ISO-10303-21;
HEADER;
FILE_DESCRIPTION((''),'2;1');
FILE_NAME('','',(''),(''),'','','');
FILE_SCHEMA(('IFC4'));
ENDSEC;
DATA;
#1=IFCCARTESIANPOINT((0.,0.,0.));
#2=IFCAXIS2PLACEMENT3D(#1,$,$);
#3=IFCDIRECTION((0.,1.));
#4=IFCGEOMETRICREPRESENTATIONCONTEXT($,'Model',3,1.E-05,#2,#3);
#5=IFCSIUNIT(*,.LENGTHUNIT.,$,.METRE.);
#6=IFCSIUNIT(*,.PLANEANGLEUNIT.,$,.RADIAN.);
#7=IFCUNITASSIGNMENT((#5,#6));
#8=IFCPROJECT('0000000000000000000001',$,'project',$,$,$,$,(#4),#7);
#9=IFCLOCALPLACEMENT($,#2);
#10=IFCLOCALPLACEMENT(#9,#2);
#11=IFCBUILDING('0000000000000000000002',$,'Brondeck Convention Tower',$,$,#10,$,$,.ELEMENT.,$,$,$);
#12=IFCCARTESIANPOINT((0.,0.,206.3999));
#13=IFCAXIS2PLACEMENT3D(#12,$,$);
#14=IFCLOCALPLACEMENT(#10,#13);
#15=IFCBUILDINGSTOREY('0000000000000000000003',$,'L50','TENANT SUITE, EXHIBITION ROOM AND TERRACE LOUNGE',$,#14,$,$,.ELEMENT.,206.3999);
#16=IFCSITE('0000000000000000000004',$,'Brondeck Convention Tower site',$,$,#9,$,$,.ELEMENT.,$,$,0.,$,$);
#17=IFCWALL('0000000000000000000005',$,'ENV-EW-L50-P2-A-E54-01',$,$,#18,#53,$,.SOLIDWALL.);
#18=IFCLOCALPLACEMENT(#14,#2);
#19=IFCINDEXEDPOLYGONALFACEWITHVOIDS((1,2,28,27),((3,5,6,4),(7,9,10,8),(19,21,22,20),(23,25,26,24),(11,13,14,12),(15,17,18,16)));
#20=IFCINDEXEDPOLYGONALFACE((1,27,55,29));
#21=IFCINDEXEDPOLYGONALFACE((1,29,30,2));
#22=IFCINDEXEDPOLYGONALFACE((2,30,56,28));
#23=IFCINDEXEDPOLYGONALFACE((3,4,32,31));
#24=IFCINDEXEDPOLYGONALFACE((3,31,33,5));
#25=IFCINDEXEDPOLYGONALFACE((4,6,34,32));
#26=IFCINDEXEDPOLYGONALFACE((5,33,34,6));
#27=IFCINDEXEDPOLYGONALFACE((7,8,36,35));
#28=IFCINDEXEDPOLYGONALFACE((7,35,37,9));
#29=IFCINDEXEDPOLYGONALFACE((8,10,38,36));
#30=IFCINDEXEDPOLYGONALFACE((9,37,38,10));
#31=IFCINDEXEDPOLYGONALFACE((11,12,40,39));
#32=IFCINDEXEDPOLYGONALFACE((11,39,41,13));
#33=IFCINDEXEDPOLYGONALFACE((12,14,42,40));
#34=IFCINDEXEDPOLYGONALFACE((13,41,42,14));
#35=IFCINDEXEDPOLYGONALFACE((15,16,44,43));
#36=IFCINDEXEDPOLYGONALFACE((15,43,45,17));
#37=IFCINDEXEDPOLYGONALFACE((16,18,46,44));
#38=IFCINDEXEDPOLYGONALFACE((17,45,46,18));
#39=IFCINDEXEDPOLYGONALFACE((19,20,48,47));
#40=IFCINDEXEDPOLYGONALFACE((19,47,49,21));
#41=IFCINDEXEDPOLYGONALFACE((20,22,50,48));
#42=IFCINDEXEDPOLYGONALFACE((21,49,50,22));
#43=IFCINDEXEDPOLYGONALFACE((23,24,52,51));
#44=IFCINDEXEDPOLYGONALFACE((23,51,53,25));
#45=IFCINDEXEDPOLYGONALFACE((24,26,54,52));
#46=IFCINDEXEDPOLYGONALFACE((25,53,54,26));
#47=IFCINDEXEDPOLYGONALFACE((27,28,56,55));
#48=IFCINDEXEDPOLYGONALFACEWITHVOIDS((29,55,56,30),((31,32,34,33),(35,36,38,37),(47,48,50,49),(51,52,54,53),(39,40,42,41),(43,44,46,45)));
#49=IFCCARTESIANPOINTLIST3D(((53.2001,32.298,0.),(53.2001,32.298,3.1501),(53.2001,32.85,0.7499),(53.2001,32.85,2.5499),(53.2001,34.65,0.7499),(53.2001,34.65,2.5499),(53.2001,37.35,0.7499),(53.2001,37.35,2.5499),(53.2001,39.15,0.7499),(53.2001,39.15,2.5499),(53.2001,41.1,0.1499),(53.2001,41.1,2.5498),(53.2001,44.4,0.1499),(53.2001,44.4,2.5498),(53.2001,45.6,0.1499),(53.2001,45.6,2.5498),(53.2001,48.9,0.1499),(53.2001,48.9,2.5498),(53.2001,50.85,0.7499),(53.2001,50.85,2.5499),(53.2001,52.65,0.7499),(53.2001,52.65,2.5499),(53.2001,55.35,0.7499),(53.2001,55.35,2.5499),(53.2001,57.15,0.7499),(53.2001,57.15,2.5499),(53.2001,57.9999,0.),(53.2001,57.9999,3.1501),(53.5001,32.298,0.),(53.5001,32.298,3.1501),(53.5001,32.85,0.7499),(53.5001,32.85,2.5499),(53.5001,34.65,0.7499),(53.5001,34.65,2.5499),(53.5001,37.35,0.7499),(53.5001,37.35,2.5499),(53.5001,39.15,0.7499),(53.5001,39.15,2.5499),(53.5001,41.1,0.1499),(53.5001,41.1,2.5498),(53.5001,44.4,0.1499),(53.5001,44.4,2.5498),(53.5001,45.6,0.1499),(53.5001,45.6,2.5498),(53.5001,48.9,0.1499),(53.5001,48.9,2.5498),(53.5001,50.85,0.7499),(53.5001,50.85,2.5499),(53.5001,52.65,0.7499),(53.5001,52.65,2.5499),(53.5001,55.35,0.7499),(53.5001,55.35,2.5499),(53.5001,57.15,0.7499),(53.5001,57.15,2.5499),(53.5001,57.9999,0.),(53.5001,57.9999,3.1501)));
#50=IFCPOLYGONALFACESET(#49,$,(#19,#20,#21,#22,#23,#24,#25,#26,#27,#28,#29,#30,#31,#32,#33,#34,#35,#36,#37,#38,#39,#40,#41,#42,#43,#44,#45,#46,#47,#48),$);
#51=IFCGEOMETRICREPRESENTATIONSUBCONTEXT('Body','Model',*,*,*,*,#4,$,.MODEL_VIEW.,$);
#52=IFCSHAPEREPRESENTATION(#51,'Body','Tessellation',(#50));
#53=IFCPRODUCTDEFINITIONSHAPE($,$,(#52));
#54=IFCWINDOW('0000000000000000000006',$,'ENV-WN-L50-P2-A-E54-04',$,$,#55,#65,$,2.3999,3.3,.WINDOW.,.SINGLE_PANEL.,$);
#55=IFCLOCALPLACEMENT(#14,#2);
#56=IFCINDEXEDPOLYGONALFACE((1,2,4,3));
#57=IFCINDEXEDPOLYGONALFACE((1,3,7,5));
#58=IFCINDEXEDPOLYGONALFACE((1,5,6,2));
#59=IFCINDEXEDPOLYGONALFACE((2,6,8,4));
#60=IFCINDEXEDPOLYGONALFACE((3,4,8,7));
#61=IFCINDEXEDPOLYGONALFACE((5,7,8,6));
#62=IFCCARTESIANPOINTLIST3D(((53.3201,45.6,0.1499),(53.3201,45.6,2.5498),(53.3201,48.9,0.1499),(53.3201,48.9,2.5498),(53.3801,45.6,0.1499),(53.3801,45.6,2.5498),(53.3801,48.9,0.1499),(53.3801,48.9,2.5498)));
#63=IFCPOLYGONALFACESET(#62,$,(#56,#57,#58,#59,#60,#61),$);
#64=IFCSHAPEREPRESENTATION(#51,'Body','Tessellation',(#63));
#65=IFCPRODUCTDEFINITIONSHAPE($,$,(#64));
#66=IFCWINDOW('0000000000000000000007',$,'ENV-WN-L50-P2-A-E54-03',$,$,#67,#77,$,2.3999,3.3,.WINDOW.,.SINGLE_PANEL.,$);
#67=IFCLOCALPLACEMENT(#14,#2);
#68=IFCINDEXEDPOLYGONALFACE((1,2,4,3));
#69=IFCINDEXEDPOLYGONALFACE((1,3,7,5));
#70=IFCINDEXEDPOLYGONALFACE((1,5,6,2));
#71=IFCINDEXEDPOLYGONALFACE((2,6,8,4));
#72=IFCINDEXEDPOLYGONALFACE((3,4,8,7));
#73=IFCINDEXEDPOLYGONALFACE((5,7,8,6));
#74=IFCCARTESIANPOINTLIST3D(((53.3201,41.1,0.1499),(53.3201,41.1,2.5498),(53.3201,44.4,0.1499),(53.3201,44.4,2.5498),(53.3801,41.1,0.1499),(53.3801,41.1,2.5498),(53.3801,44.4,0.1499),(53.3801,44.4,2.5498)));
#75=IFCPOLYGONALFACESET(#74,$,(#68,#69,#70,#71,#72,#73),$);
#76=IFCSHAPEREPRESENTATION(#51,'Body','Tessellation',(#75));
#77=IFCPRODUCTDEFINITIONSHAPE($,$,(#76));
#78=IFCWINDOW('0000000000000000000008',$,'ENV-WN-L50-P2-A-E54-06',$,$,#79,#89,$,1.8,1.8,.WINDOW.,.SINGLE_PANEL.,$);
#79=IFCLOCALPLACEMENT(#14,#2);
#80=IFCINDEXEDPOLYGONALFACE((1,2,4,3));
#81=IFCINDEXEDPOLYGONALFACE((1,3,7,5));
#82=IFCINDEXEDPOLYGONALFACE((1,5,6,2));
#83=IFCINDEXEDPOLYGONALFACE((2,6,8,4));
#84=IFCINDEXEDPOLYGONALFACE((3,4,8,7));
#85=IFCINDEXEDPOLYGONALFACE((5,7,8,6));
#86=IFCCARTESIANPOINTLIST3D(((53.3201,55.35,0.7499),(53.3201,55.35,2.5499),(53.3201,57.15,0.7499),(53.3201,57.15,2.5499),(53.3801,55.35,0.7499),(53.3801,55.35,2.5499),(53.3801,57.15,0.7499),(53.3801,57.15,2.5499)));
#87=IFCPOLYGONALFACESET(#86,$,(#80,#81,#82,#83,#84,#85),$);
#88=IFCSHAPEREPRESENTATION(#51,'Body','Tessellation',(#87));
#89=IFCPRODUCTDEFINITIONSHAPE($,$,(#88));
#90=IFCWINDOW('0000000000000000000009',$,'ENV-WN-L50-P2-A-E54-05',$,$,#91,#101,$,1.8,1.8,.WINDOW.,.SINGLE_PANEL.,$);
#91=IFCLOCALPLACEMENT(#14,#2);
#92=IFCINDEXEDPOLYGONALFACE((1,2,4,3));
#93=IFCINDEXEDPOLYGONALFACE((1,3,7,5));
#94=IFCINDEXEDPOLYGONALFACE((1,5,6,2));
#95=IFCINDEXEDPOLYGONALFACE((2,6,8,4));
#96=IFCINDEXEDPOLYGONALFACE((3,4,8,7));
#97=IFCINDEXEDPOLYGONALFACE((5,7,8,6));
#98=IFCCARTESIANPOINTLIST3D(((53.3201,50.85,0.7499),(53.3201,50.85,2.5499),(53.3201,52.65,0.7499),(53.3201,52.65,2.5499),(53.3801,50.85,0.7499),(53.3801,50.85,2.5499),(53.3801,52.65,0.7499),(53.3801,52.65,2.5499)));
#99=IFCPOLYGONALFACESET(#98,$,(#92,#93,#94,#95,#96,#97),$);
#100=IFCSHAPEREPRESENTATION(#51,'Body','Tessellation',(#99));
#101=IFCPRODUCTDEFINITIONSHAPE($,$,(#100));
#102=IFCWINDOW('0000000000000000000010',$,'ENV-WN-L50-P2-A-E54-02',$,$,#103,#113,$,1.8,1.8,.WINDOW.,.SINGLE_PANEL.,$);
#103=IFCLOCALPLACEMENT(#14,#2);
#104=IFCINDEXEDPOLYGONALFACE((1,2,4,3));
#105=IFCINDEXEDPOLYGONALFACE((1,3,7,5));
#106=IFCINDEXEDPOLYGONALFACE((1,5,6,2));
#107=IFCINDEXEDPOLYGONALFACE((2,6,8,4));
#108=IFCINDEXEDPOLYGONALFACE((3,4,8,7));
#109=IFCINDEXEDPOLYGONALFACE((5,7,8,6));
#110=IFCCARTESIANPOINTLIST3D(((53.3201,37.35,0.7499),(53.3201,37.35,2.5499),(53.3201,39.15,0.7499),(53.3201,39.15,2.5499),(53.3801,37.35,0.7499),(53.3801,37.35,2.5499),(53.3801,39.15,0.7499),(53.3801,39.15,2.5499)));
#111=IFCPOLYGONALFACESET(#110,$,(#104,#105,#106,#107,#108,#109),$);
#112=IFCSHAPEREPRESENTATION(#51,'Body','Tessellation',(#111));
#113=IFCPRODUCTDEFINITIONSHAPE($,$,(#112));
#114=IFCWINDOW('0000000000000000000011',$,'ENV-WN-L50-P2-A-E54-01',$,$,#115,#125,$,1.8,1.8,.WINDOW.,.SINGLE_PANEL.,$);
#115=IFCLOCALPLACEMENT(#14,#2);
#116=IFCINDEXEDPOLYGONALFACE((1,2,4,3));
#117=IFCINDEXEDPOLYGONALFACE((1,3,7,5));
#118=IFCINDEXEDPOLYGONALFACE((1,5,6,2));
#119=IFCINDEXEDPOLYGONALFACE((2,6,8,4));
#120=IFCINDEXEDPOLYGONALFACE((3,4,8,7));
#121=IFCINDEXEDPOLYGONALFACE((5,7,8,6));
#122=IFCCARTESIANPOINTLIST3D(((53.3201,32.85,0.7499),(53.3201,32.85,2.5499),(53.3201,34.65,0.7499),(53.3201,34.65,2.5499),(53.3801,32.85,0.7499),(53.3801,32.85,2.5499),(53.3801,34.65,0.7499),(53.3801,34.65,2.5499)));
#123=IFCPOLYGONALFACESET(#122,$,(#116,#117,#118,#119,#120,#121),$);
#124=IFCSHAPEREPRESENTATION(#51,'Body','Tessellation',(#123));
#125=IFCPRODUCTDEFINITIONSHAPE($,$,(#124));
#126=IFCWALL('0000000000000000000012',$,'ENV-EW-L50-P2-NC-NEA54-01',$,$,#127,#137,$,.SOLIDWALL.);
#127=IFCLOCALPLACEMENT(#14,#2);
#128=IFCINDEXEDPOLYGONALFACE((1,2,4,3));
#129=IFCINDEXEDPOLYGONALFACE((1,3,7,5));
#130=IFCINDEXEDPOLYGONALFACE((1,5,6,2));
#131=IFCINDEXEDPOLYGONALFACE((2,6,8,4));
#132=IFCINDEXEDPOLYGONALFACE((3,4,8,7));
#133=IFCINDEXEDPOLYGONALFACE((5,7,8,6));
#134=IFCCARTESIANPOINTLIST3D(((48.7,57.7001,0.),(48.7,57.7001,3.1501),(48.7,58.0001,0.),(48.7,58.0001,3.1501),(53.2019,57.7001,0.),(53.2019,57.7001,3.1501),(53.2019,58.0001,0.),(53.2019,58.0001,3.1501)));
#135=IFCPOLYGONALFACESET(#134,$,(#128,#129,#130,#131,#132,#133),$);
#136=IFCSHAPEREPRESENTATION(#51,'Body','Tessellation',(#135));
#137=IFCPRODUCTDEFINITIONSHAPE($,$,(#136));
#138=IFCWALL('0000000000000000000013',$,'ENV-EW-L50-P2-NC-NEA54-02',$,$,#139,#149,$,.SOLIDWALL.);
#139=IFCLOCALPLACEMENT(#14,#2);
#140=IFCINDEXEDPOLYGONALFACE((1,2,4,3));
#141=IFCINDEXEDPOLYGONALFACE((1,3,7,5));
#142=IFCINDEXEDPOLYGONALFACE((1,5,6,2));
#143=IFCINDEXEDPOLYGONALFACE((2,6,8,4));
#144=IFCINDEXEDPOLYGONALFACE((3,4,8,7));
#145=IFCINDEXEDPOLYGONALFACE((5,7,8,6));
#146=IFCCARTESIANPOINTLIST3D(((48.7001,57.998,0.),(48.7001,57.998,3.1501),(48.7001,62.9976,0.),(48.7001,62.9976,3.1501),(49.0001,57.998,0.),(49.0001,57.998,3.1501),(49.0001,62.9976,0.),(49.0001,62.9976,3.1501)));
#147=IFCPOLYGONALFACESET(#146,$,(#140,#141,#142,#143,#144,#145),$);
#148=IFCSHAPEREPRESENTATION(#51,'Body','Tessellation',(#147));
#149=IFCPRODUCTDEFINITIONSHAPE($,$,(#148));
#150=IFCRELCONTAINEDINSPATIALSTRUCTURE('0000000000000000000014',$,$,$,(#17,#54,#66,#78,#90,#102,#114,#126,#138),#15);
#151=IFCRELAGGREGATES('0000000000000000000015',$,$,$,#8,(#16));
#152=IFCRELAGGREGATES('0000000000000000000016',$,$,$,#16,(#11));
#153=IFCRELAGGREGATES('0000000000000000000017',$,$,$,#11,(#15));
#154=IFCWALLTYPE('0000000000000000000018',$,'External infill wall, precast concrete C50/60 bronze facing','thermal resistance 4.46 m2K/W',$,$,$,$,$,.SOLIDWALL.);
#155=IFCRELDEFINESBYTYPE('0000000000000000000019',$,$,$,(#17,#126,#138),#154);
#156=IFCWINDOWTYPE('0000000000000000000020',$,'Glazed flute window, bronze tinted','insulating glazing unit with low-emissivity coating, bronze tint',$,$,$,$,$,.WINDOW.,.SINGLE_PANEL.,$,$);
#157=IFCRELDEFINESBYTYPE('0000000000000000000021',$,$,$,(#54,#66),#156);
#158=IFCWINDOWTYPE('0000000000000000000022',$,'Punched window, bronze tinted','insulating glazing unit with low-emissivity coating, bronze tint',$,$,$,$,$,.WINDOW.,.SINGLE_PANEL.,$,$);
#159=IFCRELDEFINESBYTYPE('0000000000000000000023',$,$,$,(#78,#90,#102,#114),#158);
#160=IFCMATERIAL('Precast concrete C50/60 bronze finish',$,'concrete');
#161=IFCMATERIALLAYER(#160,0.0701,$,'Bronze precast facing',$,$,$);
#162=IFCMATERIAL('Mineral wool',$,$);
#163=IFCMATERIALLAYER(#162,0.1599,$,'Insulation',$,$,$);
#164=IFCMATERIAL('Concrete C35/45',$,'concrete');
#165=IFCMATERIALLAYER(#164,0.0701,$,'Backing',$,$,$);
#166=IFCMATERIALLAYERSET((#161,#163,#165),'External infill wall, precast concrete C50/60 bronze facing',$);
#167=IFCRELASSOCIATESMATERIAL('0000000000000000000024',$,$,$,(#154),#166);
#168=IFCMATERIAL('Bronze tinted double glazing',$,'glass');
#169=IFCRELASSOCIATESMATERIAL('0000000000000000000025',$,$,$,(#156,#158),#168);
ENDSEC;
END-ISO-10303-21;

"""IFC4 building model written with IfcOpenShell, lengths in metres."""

from ifc_helpers import new_model, si_unit, direction, frame, frame_2d, origin, place, context, subcontext, project, spatial, rectangle, extrude, material, layer, layer_set, type_object, element, fill, save


model = new_model("IFC4")

# Units and contexts
model_context = context("Model", 3, precision=1e-05, world=origin(), true_north=direction((0.0, 1.0)))
body_context = subcontext(model_context, "Body", "Model", "MODEL_VIEW")
ifc_project = project(units=[si_unit("LENGTHUNIT", "METRE"), si_unit("PLANEANGLEUNIT", "RADIAN")], contexts=[model_context])

# Site, building, storey
site_placement = place(None, origin())
site = spatial("IfcSite", under=ifc_project, at=site_placement, Name="Brondeck Convention Tower site", CompositionType="ELEMENT", RefElevation=0.0)
building_placement = place(site_placement, origin())
building = spatial("IfcBuilding", under=site, at=building_placement, Name="Brondeck Convention Tower", CompositionType="ELEMENT")
storey_placement = place(building_placement, frame((0.0, 0.0, 206.3999)))
storey = spatial("IfcBuildingStorey", under=building, at=storey_placement, Name="L50", Description="TENANT SUITE, EXHIBITION ROOM AND TERRACE LOUNGE", CompositionType="ELEMENT", Elevation=206.3999)

# Wall, openings, windows
ifc_material_1 = material(Name="Precast concrete C50/60 bronze finish", Category="concrete")
ifc_layer_1 = layer(ifc_material_1, 0.0701, Name="Bronze precast facing")
ifc_material_2 = material(Name="Mineral wool")
ifc_layer_2 = layer(ifc_material_2, 0.1599, Name="Insulation")
ifc_material_3 = material(Name="Concrete C35/45", Category="concrete")
ifc_layer_3 = layer(ifc_material_3, 0.0701, Name="Backing")
ifc_layer_set_1 = layer_set([ifc_layer_1, ifc_layer_2, ifc_layer_3], Name="External infill wall, precast concrete C50/60 bronze facing")
wall_type_1 = type_object("IfcWallType", Name="External infill wall, precast concrete C50/60 bronze facing", Description="thermal resistance 4.46 m2K/W", PredefinedType="SOLIDWALL", material=ifc_layer_set_1)
wall_1_placement = place(storey_placement, frame((53.3501, 58.0, 0.0), z_axis=(0.0, 0.0, 1.0), x_axis=(0.0, -1.0, 0.0)))
wall_1 = element("IfcWall", 1, at=wall_1_placement, inside=storey, type_object=wall_type_1, Name="ENV-EW-L50-P2-A-E54-01", PredefinedType="SOLIDWALL", context=body_context, shape_type="SweptSolid", body=[
    extrude(rectangle(XDim=25.7019, YDim=0.3, at=frame_2d((12.8511, 0.0))), origin(), (0.0, 0.0, 1.0), 3.1501),
])
opening_1_placement = place(wall_1_placement, frame((0.8501, 0.0, 0.75)))
opening_1 = element("IfcOpeningElement", 2, at=opening_1_placement, cuts=wall_1, PredefinedType="OPENING", context=body_context, shape_type="SweptSolid", body=[
    extrude(rectangle(XDim=1.8, YDim=1.8, at=frame_2d((0.8999, 0.8999))), frame((0.0, 0.1599, 0.0), z_axis=(0.0, -1.0, 0.0), x_axis=(1.0, 0.0, 0.0)), (0.0, 0.0, 1.0), 0.3201),
])
opening_2_placement = place(wall_1_placement, frame((5.3501, 0.0, 0.75)))
opening_2 = element("IfcOpeningElement", 3, at=opening_2_placement, cuts=wall_1, PredefinedType="OPENING", context=body_context, shape_type="SweptSolid", body=[
    extrude(rectangle(XDim=1.8, YDim=1.8, at=frame_2d((0.8999, 0.8999))), frame((0.0, 0.1599, 0.0), z_axis=(0.0, -1.0, 0.0), x_axis=(1.0, 0.0, 0.0)), (0.0, 0.0, 1.0), 0.3201),
])
opening_3_placement = place(wall_1_placement, frame((9.1001, 0.0, 0.1499)))
opening_3 = element("IfcOpeningElement", 4, at=opening_3_placement, cuts=wall_1, PredefinedType="OPENING", context=body_context, shape_type="SweptSolid", body=[
    extrude(rectangle(XDim=3.3, YDim=2.3999, at=frame_2d((1.6499, 1.2))), frame((0.0, 0.1599, 0.0), z_axis=(0.0, -1.0, 0.0), x_axis=(1.0, 0.0, 0.0)), (0.0, 0.0, 1.0), 0.3201),
])
opening_4_placement = place(wall_1_placement, frame((13.6001, 0.0, 0.1499)))
opening_4 = element("IfcOpeningElement", 5, at=opening_4_placement, cuts=wall_1, PredefinedType="OPENING", context=body_context, shape_type="SweptSolid", body=[
    extrude(rectangle(XDim=3.3, YDim=2.3999, at=frame_2d((1.6499, 1.2))), frame((0.0, 0.1599, 0.0), z_axis=(0.0, -1.0, 0.0), x_axis=(1.0, 0.0, 0.0)), (0.0, 0.0, 1.0), 0.3201),
])
opening_5_placement = place(wall_1_placement, frame((18.8501, 0.0, 0.75)))
opening_5 = element("IfcOpeningElement", 6, at=opening_5_placement, cuts=wall_1, PredefinedType="OPENING", context=body_context, shape_type="SweptSolid", body=[
    extrude(rectangle(XDim=1.8, YDim=1.8, at=frame_2d((0.8999, 0.8999))), frame((0.0, 0.1599, 0.0), z_axis=(0.0, -1.0, 0.0), x_axis=(1.0, 0.0, 0.0)), (0.0, 0.0, 1.0), 0.3201),
])
opening_6_placement = place(wall_1_placement, frame((23.3501, 0.0, 0.75)))
opening_6 = element("IfcOpeningElement", 7, at=opening_6_placement, cuts=wall_1, PredefinedType="OPENING", context=body_context, shape_type="SweptSolid", body=[
    extrude(rectangle(XDim=1.8, YDim=1.8, at=frame_2d((0.8999, 0.8999))), frame((0.0, 0.1599, 0.0), z_axis=(0.0, -1.0, 0.0), x_axis=(1.0, 0.0, 0.0)), (0.0, 0.0, 1.0), 0.3201),
])
ifc_material_4 = material(Name="Bronze tinted double glazing", Category="glass")
window_type_1 = type_object("IfcWindowType", Name="Glazed flute window, bronze tinted", Description="insulating glazing unit with low-emissivity coating, bronze tint", PartitioningType="SINGLE_PANEL", PredefinedType="WINDOW", material=ifc_material_4)
window_1_placement = place(opening_3_placement, origin())
window_1 = element("IfcWindow", 8, at=window_1_placement, inside=storey, type_object=window_type_1, Name="ENV-WN-L50-P2-A-E54-04", OverallHeight=2.3999, OverallWidth=3.3, PartitioningType="SINGLE_PANEL", PredefinedType="WINDOW", context=body_context, shape_type="SweptSolid", body=[
    extrude(rectangle(XDim=3.3, YDim=2.3999, at=frame_2d((1.6499, 1.2))), frame((0.0, 0.03, 0.0), z_axis=(0.0, -1.0, 0.0), x_axis=(1.0, 0.0, 0.0)), (0.0, 0.0, 1.0), 0.0601),
])
fill(opening_3, window_1)
window_2_placement = place(opening_4_placement, origin())
window_2 = element("IfcWindow", 9, at=window_2_placement, inside=storey, type_object=window_type_1, Name="ENV-WN-L50-P2-A-E54-03", OverallHeight=2.3999, OverallWidth=3.3, PartitioningType="SINGLE_PANEL", PredefinedType="WINDOW", context=body_context, shape_type="SweptSolid", body=[
    extrude(rectangle(XDim=3.3, YDim=2.3999, at=frame_2d((1.6499, 1.2))), frame((0.0, 0.03, 0.0), z_axis=(0.0, -1.0, 0.0), x_axis=(1.0, 0.0, 0.0)), (0.0, 0.0, 1.0), 0.0601),
])
fill(opening_4, window_2)
window_type_2 = type_object("IfcWindowType", Name="Punched window, bronze tinted", Description="insulating glazing unit with low-emissivity coating, bronze tint", PartitioningType="SINGLE_PANEL", PredefinedType="WINDOW", material=ifc_material_4)
window_3_placement = place(opening_1_placement, origin())
window_3 = element("IfcWindow", 10, at=window_3_placement, inside=storey, type_object=window_type_2, Name="ENV-WN-L50-P2-A-E54-06", OverallHeight=1.8, OverallWidth=1.8, PartitioningType="SINGLE_PANEL", PredefinedType="WINDOW", context=body_context, shape_type="SweptSolid", body=[
    extrude(rectangle(XDim=1.8, YDim=1.8, at=frame_2d((0.8999, 0.8999))), frame((0.0, 0.03, 0.0), z_axis=(0.0, -1.0, 0.0), x_axis=(1.0, 0.0, 0.0)), (0.0, 0.0, 1.0), 0.0601),
])
fill(opening_1, window_3)
window_4_placement = place(opening_2_placement, origin())
window_4 = element("IfcWindow", 11, at=window_4_placement, inside=storey, type_object=window_type_2, Name="ENV-WN-L50-P2-A-E54-05", OverallHeight=1.8, OverallWidth=1.8, PartitioningType="SINGLE_PANEL", PredefinedType="WINDOW", context=body_context, shape_type="SweptSolid", body=[
    extrude(rectangle(XDim=1.8, YDim=1.8, at=frame_2d((0.8999, 0.8999))), frame((0.0, 0.03, 0.0), z_axis=(0.0, -1.0, 0.0), x_axis=(1.0, 0.0, 0.0)), (0.0, 0.0, 1.0), 0.0601),
])
fill(opening_2, window_4)
window_5_placement = place(opening_5_placement, origin())
window_5 = element("IfcWindow", 12, at=window_5_placement, inside=storey, type_object=window_type_2, Name="ENV-WN-L50-P2-A-E54-02", OverallHeight=1.8, OverallWidth=1.8, PartitioningType="SINGLE_PANEL", PredefinedType="WINDOW", context=body_context, shape_type="SweptSolid", body=[
    extrude(rectangle(XDim=1.8, YDim=1.8, at=frame_2d((0.8999, 0.8999))), frame((0.0, 0.03, 0.0), z_axis=(0.0, -1.0, 0.0), x_axis=(1.0, 0.0, 0.0)), (0.0, 0.0, 1.0), 0.0601),
])
fill(opening_5, window_5)
window_6_placement = place(opening_6_placement, origin())
window_6 = element("IfcWindow", 13, at=window_6_placement, inside=storey, type_object=window_type_2, Name="ENV-WN-L50-P2-A-E54-01", OverallHeight=1.8, OverallWidth=1.8, PartitioningType="SINGLE_PANEL", PredefinedType="WINDOW", context=body_context, shape_type="SweptSolid", body=[
    extrude(rectangle(XDim=1.8, YDim=1.8, at=frame_2d((0.8999, 0.8999))), frame((0.0, 0.03, 0.0), z_axis=(0.0, -1.0, 0.0), x_axis=(1.0, 0.0, 0.0)), (0.0, 0.0, 1.0), 0.0601),
])
fill(opening_6, window_6)

# Walls
wall_2_placement = place(storey_placement, frame((48.7, 57.8501, 0.0), z_axis=(0.0, 0.0, 1.0), x_axis=(1.0, 0.0, 0.0)))
element("IfcWall", 14, at=wall_2_placement, inside=storey, type_object=wall_type_1, Name="ENV-EW-L50-P2-NC-NEA54-01", PredefinedType="SOLIDWALL", context=body_context, shape_type="SweptSolid", body=[
    extrude(rectangle(XDim=4.502, YDim=0.3, at=frame_2d((2.251, 0.0))), origin(), (0.0, 0.0, 1.0), 3.1501),
])
wall_3_placement = place(storey_placement, frame((48.8501, 62.9976, 0.0), z_axis=(0.0, 0.0, 1.0), x_axis=(0.0, -1.0, 0.0)))
element("IfcWall", 15, at=wall_3_placement, inside=storey, type_object=wall_type_1, Name="ENV-EW-L50-P2-NC-NEA54-02", PredefinedType="SOLIDWALL", context=body_context, shape_type="SweptSolid", body=[
    extrude(rectangle(XDim=4.9995, YDim=0.3, at=frame_2d((2.4998, 0.0))), origin(), (0.0, 0.0, 1.0), 3.1501),
])

save(model, "model.ifc")
